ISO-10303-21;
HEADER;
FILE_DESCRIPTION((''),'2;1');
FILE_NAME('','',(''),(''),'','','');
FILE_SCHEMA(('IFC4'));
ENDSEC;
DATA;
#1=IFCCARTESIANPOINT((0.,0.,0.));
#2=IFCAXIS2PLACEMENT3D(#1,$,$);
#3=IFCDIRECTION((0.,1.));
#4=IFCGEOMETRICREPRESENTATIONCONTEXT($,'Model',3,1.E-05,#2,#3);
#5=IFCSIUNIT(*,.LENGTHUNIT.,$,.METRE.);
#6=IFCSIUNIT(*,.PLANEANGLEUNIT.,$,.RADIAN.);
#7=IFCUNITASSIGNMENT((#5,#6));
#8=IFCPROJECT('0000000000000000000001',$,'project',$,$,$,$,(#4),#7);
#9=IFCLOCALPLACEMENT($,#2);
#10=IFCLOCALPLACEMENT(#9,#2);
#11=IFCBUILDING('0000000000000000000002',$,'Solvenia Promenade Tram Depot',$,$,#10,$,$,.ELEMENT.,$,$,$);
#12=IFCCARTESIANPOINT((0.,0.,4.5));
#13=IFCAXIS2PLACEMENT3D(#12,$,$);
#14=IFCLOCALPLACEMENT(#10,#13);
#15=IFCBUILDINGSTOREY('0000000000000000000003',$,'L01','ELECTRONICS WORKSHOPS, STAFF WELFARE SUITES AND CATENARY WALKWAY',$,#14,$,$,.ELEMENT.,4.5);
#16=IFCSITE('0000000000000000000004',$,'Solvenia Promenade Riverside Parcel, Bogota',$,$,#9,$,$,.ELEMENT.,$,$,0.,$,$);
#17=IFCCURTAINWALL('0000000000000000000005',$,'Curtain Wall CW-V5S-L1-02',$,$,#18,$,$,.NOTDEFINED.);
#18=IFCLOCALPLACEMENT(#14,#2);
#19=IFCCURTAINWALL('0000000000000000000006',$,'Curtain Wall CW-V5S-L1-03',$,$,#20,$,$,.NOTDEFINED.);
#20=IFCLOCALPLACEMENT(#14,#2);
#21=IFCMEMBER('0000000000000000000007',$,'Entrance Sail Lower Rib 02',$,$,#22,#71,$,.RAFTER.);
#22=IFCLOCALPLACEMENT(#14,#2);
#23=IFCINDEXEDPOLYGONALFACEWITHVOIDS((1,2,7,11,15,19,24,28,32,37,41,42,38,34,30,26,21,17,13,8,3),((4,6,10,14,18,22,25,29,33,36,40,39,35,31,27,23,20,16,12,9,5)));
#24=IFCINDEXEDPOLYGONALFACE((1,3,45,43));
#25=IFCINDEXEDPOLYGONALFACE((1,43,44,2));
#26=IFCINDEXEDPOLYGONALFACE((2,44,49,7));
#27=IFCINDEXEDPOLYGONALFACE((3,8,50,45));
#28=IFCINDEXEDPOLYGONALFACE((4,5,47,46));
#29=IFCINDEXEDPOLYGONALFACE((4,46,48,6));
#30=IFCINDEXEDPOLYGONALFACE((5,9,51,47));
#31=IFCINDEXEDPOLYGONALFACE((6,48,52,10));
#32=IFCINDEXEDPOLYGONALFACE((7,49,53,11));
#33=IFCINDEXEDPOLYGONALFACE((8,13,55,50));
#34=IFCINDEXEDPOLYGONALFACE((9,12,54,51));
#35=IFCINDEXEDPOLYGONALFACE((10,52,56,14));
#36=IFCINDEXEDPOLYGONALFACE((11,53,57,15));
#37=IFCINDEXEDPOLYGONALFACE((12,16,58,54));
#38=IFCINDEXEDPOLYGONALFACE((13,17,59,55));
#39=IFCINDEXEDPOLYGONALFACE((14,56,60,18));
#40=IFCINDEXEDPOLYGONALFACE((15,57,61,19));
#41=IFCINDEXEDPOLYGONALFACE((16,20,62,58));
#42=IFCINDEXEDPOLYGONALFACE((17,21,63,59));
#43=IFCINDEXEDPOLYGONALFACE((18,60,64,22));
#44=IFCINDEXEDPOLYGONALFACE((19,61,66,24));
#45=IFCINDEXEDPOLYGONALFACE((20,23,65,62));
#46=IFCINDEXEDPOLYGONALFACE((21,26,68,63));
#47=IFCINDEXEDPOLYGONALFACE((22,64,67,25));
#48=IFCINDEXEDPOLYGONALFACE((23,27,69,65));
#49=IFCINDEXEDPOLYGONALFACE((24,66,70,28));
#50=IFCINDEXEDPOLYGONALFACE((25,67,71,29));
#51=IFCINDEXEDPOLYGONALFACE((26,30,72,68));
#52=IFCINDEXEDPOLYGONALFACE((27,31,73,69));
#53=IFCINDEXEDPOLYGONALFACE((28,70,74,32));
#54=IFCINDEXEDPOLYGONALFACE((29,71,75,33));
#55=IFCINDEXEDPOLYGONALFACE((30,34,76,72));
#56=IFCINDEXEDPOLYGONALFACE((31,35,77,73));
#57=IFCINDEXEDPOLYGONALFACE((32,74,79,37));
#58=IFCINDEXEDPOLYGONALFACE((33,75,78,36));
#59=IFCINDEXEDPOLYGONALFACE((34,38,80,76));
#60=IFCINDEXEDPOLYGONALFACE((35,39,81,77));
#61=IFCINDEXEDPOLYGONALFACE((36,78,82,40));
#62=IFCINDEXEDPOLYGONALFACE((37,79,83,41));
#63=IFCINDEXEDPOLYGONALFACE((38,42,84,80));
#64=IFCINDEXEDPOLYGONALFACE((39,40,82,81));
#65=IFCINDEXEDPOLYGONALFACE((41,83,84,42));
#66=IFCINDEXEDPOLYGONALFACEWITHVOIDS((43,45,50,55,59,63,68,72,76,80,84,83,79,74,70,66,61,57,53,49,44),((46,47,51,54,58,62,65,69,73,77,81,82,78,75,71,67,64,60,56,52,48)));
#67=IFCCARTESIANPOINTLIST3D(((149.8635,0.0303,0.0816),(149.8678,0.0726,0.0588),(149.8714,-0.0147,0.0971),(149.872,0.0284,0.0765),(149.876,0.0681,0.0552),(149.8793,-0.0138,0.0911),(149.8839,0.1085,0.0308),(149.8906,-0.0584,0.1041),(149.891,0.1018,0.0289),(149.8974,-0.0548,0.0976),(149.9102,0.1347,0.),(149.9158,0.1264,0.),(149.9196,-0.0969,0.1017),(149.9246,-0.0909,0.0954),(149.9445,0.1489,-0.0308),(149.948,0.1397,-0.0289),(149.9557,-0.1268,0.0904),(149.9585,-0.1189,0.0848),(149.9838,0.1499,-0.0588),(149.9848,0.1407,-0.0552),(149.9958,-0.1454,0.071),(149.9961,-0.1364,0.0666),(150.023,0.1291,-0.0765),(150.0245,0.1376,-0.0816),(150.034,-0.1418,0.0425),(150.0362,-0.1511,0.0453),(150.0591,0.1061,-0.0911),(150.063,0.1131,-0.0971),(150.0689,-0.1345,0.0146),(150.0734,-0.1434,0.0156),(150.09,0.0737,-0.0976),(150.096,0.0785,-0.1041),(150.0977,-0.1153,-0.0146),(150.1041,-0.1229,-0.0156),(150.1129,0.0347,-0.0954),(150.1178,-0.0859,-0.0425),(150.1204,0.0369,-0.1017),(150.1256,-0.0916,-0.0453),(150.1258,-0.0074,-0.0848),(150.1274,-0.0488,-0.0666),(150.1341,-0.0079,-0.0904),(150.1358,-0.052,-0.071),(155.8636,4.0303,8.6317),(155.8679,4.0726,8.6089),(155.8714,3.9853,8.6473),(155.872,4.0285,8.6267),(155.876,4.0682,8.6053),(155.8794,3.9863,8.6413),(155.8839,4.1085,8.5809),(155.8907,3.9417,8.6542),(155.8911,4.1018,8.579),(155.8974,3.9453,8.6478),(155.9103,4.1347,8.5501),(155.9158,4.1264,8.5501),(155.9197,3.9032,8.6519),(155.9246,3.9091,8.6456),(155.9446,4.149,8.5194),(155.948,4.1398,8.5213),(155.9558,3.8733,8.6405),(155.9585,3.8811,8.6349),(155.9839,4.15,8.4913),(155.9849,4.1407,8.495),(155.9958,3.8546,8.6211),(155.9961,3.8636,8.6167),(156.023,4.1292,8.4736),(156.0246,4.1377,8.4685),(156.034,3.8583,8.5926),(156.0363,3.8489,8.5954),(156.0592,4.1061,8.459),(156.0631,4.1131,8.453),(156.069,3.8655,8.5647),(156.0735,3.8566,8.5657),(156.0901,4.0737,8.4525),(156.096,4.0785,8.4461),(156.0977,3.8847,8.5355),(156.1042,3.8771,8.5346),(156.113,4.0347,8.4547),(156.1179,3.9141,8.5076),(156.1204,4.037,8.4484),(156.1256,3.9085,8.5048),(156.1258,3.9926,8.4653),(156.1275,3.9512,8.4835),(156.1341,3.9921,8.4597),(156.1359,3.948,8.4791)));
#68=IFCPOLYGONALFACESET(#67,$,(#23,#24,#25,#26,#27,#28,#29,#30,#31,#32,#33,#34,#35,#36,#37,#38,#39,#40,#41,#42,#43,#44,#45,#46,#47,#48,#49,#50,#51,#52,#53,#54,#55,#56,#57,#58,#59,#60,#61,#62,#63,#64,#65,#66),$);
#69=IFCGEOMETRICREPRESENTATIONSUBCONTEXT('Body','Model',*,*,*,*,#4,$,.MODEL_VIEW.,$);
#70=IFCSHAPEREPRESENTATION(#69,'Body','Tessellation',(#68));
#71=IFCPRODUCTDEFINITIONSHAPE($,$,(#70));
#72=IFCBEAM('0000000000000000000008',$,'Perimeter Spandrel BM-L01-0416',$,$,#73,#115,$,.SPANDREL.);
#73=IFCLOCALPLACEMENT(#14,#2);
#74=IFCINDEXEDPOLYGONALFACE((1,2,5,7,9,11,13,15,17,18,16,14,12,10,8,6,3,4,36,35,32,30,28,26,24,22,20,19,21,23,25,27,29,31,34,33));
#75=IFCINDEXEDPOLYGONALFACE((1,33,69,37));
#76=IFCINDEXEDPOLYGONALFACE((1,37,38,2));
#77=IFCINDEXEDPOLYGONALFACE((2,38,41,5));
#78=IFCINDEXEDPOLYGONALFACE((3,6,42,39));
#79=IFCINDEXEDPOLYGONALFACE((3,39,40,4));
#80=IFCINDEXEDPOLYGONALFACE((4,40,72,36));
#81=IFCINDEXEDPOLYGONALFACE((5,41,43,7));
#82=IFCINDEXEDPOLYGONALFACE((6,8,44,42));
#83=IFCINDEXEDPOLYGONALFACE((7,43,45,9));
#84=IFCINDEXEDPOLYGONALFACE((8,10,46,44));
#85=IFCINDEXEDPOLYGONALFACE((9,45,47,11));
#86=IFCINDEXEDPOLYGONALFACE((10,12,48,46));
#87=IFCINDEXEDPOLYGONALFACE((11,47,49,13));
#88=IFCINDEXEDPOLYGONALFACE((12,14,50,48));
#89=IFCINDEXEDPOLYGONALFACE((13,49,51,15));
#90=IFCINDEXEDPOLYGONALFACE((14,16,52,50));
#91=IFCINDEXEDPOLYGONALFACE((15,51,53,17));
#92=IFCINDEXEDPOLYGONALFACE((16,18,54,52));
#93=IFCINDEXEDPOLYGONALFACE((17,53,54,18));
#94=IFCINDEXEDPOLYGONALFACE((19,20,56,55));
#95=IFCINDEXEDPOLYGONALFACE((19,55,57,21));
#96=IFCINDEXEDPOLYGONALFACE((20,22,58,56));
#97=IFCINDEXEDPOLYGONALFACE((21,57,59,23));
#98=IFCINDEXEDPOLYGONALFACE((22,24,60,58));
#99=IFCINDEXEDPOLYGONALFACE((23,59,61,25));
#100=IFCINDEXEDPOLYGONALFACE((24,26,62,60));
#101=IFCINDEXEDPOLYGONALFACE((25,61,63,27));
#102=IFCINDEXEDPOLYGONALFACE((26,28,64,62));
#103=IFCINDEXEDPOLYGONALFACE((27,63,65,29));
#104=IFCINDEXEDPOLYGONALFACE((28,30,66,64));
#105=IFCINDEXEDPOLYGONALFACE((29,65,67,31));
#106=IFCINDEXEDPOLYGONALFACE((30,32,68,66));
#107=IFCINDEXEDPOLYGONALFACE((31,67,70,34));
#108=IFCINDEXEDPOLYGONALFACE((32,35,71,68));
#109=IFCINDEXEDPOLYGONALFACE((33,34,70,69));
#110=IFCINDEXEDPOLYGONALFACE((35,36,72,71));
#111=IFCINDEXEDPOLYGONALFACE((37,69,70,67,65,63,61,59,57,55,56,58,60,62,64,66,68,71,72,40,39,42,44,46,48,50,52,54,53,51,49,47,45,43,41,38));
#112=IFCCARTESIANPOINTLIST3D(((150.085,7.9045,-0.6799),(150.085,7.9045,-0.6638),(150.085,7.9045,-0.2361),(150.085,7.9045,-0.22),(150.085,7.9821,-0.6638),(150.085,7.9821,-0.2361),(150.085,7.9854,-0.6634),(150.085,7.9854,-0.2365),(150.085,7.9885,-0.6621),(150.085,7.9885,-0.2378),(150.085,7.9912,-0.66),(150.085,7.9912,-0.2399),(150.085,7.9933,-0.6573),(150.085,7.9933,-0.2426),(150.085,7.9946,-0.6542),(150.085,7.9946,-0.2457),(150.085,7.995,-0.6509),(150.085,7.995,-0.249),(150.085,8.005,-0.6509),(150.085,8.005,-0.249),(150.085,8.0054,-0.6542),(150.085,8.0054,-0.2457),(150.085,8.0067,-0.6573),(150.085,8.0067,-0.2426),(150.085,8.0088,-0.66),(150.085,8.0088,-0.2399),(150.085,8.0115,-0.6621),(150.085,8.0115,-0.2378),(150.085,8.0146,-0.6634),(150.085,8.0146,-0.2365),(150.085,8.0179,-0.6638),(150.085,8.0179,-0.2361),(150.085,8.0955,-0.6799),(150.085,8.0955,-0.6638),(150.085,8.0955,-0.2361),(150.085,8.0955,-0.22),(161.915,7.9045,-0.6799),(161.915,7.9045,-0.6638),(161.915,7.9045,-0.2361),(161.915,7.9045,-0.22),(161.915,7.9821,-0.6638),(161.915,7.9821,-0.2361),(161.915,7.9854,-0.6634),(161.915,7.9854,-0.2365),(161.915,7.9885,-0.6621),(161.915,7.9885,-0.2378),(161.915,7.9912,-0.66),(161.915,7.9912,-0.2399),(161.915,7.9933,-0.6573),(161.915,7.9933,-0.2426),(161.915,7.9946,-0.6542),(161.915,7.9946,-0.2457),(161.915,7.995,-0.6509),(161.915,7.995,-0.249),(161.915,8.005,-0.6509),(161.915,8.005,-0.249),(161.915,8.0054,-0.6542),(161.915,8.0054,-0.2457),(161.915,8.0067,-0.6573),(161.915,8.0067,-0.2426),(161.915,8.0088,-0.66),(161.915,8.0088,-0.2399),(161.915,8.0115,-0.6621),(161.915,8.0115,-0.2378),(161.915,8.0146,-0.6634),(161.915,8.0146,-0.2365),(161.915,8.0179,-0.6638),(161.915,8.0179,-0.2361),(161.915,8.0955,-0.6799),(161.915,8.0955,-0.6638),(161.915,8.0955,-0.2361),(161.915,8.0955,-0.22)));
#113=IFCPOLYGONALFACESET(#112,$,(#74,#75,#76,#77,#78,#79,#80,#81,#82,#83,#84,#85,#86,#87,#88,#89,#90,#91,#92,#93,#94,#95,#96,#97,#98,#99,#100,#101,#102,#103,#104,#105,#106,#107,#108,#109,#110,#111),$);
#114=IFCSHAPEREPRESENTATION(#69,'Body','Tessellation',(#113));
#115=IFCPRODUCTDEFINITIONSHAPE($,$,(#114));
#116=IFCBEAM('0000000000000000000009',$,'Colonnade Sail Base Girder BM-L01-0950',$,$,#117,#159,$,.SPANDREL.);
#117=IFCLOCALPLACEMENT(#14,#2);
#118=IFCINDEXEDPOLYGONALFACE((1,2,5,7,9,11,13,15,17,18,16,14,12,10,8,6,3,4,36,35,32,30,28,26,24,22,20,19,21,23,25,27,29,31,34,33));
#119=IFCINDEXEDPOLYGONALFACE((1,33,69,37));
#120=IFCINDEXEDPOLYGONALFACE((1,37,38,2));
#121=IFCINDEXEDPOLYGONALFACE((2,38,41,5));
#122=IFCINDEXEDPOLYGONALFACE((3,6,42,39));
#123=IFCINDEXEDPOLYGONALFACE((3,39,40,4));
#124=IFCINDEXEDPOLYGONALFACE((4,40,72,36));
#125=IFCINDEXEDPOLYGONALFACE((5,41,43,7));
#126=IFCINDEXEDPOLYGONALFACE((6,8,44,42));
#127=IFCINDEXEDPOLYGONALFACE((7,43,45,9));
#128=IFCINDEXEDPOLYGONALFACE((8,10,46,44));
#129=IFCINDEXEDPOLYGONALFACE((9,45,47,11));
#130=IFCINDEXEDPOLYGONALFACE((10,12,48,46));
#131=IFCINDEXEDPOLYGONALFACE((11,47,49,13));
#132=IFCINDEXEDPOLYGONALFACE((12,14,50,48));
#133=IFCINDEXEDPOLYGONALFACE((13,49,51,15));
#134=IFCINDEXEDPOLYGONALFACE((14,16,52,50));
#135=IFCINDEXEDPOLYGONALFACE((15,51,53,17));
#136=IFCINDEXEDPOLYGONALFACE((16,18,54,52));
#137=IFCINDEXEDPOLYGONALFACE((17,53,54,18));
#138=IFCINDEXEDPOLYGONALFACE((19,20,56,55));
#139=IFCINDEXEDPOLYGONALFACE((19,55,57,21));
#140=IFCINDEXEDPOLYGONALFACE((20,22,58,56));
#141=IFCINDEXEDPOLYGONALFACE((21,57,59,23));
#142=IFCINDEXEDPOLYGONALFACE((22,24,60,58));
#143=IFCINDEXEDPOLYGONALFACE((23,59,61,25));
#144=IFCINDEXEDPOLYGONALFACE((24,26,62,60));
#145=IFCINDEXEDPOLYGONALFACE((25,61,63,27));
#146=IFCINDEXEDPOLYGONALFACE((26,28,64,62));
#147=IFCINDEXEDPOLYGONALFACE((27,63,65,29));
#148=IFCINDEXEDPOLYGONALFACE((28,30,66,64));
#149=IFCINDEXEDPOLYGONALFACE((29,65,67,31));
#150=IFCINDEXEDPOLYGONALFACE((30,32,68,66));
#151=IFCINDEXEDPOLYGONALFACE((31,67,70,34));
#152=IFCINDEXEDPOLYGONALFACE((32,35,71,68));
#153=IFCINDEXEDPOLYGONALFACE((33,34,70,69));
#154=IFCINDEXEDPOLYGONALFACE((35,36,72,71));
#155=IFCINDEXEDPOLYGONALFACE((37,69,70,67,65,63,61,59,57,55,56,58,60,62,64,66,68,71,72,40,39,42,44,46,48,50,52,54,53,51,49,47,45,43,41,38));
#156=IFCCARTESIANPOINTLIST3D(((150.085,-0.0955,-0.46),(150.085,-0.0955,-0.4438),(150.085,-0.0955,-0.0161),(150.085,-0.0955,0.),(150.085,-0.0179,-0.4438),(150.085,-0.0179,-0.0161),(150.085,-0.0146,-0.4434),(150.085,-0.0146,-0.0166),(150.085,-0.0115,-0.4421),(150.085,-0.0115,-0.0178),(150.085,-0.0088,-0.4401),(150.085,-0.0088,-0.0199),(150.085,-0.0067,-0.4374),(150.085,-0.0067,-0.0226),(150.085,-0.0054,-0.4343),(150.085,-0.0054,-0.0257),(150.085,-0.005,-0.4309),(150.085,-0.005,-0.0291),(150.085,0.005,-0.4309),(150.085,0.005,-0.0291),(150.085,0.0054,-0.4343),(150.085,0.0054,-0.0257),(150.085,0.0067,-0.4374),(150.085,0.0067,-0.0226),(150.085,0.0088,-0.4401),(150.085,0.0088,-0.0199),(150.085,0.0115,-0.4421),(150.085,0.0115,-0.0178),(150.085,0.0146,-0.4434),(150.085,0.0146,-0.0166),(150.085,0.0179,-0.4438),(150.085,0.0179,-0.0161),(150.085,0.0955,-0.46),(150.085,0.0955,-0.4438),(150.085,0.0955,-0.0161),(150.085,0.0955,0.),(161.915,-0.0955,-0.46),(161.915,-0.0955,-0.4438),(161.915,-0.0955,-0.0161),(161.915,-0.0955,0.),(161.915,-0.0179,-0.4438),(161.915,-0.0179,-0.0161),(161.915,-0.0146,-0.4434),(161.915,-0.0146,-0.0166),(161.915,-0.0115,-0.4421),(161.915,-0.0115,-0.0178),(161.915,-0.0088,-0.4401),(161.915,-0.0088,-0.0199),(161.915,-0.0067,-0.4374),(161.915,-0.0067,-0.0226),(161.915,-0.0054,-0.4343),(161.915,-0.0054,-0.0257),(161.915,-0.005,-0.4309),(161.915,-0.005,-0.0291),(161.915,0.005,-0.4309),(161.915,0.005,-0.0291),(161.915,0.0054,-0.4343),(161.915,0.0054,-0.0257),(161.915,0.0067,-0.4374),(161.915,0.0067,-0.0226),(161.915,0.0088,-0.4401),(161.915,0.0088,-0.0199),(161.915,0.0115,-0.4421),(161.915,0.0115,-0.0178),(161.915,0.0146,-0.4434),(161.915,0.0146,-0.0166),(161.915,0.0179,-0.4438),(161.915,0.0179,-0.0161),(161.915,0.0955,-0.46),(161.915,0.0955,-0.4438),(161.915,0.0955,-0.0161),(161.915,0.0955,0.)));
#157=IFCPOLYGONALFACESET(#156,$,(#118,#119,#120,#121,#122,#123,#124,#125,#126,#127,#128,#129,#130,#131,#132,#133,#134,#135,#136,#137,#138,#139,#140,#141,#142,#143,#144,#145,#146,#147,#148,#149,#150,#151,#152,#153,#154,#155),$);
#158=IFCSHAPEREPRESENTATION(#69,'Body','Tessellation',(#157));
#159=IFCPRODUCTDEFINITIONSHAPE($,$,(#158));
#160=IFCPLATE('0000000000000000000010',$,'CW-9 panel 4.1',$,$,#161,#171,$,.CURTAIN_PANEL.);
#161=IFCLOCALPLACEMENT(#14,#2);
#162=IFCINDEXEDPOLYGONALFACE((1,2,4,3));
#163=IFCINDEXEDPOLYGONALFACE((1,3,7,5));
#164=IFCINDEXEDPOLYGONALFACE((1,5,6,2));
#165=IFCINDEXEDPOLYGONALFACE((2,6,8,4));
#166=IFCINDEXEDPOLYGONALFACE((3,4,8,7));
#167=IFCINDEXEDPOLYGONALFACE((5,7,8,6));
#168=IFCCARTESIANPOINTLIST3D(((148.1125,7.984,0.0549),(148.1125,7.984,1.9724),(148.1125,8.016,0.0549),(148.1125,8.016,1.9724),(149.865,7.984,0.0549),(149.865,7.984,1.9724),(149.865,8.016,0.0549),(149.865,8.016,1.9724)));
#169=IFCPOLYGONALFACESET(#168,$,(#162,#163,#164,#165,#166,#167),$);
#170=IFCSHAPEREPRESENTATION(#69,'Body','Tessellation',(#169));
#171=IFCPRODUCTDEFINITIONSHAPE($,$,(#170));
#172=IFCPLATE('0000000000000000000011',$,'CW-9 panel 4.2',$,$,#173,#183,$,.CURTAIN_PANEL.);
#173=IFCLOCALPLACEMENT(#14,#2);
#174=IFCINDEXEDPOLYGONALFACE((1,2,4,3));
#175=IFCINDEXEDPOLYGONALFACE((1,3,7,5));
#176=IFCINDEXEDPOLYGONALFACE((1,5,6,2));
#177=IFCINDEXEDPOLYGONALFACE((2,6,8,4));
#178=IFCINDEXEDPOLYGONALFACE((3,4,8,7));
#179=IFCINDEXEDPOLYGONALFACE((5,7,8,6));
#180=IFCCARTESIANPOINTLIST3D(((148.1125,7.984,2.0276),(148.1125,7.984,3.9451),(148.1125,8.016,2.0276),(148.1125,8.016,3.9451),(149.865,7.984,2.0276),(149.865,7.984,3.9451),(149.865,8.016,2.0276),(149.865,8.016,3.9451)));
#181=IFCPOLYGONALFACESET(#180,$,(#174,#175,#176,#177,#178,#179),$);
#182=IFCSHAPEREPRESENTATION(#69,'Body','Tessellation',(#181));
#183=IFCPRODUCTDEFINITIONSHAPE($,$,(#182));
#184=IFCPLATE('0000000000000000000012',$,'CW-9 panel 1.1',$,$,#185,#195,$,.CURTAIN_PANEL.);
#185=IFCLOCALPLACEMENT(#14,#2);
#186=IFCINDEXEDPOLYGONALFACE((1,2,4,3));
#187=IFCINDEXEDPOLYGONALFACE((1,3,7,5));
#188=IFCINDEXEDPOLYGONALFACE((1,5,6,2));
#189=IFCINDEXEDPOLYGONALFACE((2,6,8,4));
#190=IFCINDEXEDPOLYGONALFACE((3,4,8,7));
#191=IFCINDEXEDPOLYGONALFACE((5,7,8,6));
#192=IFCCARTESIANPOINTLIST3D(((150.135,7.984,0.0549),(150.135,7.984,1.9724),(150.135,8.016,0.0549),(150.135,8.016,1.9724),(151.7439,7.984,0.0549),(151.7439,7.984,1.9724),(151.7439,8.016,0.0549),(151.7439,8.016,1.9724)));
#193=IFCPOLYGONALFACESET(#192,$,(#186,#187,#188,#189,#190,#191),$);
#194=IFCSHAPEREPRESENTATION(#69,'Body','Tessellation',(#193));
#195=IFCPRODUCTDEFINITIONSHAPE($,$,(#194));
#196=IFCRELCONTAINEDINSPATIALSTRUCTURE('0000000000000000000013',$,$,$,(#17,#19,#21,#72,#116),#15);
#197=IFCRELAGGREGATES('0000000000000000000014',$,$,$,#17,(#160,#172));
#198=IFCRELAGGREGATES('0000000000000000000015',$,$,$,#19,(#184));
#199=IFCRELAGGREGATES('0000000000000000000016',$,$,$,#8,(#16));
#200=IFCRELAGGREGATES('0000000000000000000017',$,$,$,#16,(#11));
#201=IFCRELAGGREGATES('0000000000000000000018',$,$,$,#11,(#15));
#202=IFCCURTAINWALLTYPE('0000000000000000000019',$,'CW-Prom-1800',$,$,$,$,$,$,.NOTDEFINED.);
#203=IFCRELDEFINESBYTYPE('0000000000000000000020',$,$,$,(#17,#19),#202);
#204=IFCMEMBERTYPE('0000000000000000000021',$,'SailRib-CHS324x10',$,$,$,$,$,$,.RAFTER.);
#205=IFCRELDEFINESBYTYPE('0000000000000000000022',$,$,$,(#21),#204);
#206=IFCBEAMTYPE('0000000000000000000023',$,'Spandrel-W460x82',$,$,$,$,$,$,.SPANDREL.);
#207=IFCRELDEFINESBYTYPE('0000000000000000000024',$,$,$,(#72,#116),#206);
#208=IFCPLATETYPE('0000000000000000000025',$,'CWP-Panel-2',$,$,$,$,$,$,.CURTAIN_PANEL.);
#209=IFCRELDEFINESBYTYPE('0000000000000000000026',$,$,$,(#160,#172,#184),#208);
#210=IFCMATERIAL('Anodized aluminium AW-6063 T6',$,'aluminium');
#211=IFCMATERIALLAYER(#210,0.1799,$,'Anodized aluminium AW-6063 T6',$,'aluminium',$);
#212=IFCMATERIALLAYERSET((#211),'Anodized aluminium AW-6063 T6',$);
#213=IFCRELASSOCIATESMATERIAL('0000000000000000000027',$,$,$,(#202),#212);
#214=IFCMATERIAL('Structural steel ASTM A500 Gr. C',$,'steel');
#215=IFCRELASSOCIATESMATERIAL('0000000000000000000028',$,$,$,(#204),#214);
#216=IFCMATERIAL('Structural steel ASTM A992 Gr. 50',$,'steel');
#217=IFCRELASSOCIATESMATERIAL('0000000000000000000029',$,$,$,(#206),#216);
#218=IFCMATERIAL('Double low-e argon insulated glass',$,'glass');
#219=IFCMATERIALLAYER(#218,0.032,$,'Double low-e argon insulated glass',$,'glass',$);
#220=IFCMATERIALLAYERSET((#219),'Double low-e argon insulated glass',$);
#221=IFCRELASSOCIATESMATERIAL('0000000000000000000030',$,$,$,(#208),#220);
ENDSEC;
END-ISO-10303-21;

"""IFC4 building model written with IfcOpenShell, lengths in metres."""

from ifc_helpers import new_model, si_unit, direction, frame, origin, origin_2d, place, context, subcontext, project, spatial, rectangle, hollow_circle, i_section, extrude, material, layer, layer_set, material_profile, profile_set, type_object, element, aggregate, save


model = new_model("IFC4")

# Units and contexts
model_context = context("Model", 3, precision=1e-05, world=origin(), true_north=direction((0.0, 1.0)))
body_context = subcontext(model_context, "Body", "Model", "MODEL_VIEW")
ifc_project = project(units=[si_unit("LENGTHUNIT", "METRE"), si_unit("PLANEANGLEUNIT", "RADIAN")], contexts=[model_context])

# Site, building, storey
site_placement = place(None, origin())
site = spatial("IfcSite", under=ifc_project, at=site_placement, Name="Solvenia Promenade Riverside Parcel, Bogota", CompositionType="ELEMENT", RefElevation=0.0)
building_placement = place(site_placement, origin())
building = spatial("IfcBuilding", under=site, at=building_placement, Name="Solvenia Promenade Tram Depot", CompositionType="ELEMENT")
storey_placement = place(building_placement, frame((0.0, 0.0, 4.5)))
storey = spatial("IfcBuildingStorey", under=building, at=storey_placement, Name="L01", Description="ELECTRONICS WORKSHOPS, STAFF WELFARE SUITES AND CATENARY WALKWAY", CompositionType="ELEMENT", Elevation=4.5)

# Shared definitions
ifc_material_1 = material(Name="Structural steel ASTM A992 Gr. 50", Category="steel")

# Curtain wall
ifc_material_2 = material(Name="Anodized aluminium AW-6063 T6", Category="aluminium")
ifc_layer_1 = layer(ifc_material_2, 0.1799, Name="Anodized aluminium AW-6063 T6", Category="aluminium")
ifc_layer_set_1 = layer_set([ifc_layer_1], Name="Anodized aluminium AW-6063 T6")
curtain_wall_type = type_object("IfcCurtainWallType", Name="CW-Prom-1800", PredefinedType="NOTDEFINED", material=ifc_layer_set_1)
curtain_wall_1_placement = place(storey_placement, origin())
curtain_wall_1 = element("IfcCurtainWall", 1, at=curtain_wall_1_placement, inside=storey, type_object=curtain_wall_type, Name="Curtain Wall CW-V5S-L1-02", PredefinedType="NOTDEFINED")

# Curtain wall
curtain_wall_2_placement = place(storey_placement, origin())
curtain_wall_2 = element("IfcCurtainWall", 2, at=curtain_wall_2_placement, inside=storey, type_object=curtain_wall_type, Name="Curtain Wall CW-V5S-L1-03", PredefinedType="NOTDEFINED")

# Member
ifc_material_3 = material(Name="Structural steel ASTM A500 Gr. C", Category="steel")
ifc_material_profile_1 = material_profile(ifc_material_3, hollow_circle(Radius=0.1619, WallThickness=0.01, at=origin_2d()), Name="CHS323.9x10", Category="steel")
ifc_profile_set_1 = profile_set([ifc_material_profile_1], Name="Structural steel ASTM A500 Gr. C")
member_type_1 = type_object("IfcMemberType", Name="SailRib-CHS324x10", PredefinedType="RAFTER", material=ifc_profile_set_1)
member_1_placement = place(storey_placement, frame((150.0, 0.0, 0.0), z_axis=(0.536435, 0.357623, 0.764424), x_axis=(-0.5547, 0.83205, 0.0)))
element("IfcMember", 3, at=member_1_placement, inside=storey, type_object=member_type_1, Name="Entrance Sail Lower Rib 02", PredefinedType="RAFTER", context=body_context, shape_type="SweptSolid", body=[
    extrude(hollow_circle(Radius=0.1619, WallThickness=0.01, at=origin_2d()), origin(), (0.0, 0.0, 1.0), 11.1851),
])

# Beams
ifc_material_profile_2 = material_profile(ifc_material_1, i_section(OverallWidth=0.1909, OverallDepth=0.46, WebThickness=0.01, FlangeThickness=0.0161, FilletRadius=0.0129, at=origin_2d()), Name="W460x82", Category="steel")
ifc_profile_set_2 = profile_set([ifc_material_profile_2], Name="Structural steel ASTM A992 Gr. 50")
beam_type_1 = type_object("IfcBeamType", Name="Spandrel-W460x82", PredefinedType="SPANDREL", material=ifc_profile_set_2)
for number, where, z_axis, x_axis, name in (
    (4, (150.085, 8.0, -0.45), (1.0, 0.0, 0.0), (0.0, 1.0, 0.0), "Perimeter Spandrel BM-L01-0416"),
    (5, (150.085, 0.0, -0.23), (1.0, 0.0, 0.0), (0.0, 1.0, 0.0), "Colonnade Sail Base Girder BM-L01-0950"),
):
    element("IfcBeam", number, at=place(storey_placement, frame(where, z_axis=z_axis, x_axis=x_axis)), inside=storey, type_object=beam_type_1, Name=name, PredefinedType="SPANDREL", context=body_context, shape_type="SweptSolid", body=[
        extrude(i_section(OverallWidth=0.1909, OverallDepth=0.46, WebThickness=0.01, FlangeThickness=0.0161, FilletRadius=0.0129, at=origin_2d()), origin(), (0.0, 0.0, 1.0), 11.8301),
    ])

# Plates
ifc_material_4 = material(Name="Double low-e argon insulated glass", Category="glass")
ifc_layer_2 = layer(ifc_material_4, 0.032, Name="Double low-e argon insulated glass", Category="glass")
ifc_layer_set_2 = layer_set([ifc_layer_2], Name="Double low-e argon insulated glass")
plate_type = type_object("IfcPlateType", Name="CWP-Panel-2", PredefinedType="CURTAIN_PANEL", material=ifc_layer_set_2)
plate_1_placement = place(storey_placement, frame((148.9888, 8.0, 0.0549), z_axis=(0.0, 0.0, 1.0), x_axis=(1.0, 0.0, 0.0)))
plate_1 = element("IfcPlate", 6, at=plate_1_placement, type_object=plate_type, Name="CW-9 panel 4.1", PredefinedType="CURTAIN_PANEL", context=body_context, shape_type="SweptSolid", body=[
    extrude(rectangle(XDim=1.7524, YDim=0.032, at=origin_2d()), origin(), (0.0, 0.0, 1.0), 1.9175),
])
plate_2_placement = place(storey_placement, frame((148.9888, 8.0, 2.0276), z_axis=(0.0, 0.0, 1.0), x_axis=(1.0, 0.0, 0.0)))
plate_2 = element("IfcPlate", 7, at=plate_2_placement, type_object=plate_type, Name="CW-9 panel 4.2", PredefinedType="CURTAIN_PANEL", context=body_context, shape_type="SweptSolid", body=[
    extrude(rectangle(XDim=1.7524, YDim=0.032, at=origin_2d()), origin(), (0.0, 0.0, 1.0), 1.9175),
])
aggregate(curtain_wall_1, [plate_1, plate_2])
plate_3_placement = place(storey_placement, frame((150.9395, 8.0, 0.0549), z_axis=(0.0, 0.0, 1.0), x_axis=(1.0, 0.0, 0.0)))
plate_3 = element("IfcPlate", 8, at=plate_3_placement, type_object=plate_type, Name="CW-9 panel 1.1", PredefinedType="CURTAIN_PANEL", context=body_context, shape_type="SweptSolid", body=[
    extrude(rectangle(XDim=1.6089, YDim=0.032, at=origin_2d()), origin(), (0.0, 0.0, 1.0), 1.9175),
])
aggregate(curtain_wall_2, [plate_3])

save(model, "model.ifc")
